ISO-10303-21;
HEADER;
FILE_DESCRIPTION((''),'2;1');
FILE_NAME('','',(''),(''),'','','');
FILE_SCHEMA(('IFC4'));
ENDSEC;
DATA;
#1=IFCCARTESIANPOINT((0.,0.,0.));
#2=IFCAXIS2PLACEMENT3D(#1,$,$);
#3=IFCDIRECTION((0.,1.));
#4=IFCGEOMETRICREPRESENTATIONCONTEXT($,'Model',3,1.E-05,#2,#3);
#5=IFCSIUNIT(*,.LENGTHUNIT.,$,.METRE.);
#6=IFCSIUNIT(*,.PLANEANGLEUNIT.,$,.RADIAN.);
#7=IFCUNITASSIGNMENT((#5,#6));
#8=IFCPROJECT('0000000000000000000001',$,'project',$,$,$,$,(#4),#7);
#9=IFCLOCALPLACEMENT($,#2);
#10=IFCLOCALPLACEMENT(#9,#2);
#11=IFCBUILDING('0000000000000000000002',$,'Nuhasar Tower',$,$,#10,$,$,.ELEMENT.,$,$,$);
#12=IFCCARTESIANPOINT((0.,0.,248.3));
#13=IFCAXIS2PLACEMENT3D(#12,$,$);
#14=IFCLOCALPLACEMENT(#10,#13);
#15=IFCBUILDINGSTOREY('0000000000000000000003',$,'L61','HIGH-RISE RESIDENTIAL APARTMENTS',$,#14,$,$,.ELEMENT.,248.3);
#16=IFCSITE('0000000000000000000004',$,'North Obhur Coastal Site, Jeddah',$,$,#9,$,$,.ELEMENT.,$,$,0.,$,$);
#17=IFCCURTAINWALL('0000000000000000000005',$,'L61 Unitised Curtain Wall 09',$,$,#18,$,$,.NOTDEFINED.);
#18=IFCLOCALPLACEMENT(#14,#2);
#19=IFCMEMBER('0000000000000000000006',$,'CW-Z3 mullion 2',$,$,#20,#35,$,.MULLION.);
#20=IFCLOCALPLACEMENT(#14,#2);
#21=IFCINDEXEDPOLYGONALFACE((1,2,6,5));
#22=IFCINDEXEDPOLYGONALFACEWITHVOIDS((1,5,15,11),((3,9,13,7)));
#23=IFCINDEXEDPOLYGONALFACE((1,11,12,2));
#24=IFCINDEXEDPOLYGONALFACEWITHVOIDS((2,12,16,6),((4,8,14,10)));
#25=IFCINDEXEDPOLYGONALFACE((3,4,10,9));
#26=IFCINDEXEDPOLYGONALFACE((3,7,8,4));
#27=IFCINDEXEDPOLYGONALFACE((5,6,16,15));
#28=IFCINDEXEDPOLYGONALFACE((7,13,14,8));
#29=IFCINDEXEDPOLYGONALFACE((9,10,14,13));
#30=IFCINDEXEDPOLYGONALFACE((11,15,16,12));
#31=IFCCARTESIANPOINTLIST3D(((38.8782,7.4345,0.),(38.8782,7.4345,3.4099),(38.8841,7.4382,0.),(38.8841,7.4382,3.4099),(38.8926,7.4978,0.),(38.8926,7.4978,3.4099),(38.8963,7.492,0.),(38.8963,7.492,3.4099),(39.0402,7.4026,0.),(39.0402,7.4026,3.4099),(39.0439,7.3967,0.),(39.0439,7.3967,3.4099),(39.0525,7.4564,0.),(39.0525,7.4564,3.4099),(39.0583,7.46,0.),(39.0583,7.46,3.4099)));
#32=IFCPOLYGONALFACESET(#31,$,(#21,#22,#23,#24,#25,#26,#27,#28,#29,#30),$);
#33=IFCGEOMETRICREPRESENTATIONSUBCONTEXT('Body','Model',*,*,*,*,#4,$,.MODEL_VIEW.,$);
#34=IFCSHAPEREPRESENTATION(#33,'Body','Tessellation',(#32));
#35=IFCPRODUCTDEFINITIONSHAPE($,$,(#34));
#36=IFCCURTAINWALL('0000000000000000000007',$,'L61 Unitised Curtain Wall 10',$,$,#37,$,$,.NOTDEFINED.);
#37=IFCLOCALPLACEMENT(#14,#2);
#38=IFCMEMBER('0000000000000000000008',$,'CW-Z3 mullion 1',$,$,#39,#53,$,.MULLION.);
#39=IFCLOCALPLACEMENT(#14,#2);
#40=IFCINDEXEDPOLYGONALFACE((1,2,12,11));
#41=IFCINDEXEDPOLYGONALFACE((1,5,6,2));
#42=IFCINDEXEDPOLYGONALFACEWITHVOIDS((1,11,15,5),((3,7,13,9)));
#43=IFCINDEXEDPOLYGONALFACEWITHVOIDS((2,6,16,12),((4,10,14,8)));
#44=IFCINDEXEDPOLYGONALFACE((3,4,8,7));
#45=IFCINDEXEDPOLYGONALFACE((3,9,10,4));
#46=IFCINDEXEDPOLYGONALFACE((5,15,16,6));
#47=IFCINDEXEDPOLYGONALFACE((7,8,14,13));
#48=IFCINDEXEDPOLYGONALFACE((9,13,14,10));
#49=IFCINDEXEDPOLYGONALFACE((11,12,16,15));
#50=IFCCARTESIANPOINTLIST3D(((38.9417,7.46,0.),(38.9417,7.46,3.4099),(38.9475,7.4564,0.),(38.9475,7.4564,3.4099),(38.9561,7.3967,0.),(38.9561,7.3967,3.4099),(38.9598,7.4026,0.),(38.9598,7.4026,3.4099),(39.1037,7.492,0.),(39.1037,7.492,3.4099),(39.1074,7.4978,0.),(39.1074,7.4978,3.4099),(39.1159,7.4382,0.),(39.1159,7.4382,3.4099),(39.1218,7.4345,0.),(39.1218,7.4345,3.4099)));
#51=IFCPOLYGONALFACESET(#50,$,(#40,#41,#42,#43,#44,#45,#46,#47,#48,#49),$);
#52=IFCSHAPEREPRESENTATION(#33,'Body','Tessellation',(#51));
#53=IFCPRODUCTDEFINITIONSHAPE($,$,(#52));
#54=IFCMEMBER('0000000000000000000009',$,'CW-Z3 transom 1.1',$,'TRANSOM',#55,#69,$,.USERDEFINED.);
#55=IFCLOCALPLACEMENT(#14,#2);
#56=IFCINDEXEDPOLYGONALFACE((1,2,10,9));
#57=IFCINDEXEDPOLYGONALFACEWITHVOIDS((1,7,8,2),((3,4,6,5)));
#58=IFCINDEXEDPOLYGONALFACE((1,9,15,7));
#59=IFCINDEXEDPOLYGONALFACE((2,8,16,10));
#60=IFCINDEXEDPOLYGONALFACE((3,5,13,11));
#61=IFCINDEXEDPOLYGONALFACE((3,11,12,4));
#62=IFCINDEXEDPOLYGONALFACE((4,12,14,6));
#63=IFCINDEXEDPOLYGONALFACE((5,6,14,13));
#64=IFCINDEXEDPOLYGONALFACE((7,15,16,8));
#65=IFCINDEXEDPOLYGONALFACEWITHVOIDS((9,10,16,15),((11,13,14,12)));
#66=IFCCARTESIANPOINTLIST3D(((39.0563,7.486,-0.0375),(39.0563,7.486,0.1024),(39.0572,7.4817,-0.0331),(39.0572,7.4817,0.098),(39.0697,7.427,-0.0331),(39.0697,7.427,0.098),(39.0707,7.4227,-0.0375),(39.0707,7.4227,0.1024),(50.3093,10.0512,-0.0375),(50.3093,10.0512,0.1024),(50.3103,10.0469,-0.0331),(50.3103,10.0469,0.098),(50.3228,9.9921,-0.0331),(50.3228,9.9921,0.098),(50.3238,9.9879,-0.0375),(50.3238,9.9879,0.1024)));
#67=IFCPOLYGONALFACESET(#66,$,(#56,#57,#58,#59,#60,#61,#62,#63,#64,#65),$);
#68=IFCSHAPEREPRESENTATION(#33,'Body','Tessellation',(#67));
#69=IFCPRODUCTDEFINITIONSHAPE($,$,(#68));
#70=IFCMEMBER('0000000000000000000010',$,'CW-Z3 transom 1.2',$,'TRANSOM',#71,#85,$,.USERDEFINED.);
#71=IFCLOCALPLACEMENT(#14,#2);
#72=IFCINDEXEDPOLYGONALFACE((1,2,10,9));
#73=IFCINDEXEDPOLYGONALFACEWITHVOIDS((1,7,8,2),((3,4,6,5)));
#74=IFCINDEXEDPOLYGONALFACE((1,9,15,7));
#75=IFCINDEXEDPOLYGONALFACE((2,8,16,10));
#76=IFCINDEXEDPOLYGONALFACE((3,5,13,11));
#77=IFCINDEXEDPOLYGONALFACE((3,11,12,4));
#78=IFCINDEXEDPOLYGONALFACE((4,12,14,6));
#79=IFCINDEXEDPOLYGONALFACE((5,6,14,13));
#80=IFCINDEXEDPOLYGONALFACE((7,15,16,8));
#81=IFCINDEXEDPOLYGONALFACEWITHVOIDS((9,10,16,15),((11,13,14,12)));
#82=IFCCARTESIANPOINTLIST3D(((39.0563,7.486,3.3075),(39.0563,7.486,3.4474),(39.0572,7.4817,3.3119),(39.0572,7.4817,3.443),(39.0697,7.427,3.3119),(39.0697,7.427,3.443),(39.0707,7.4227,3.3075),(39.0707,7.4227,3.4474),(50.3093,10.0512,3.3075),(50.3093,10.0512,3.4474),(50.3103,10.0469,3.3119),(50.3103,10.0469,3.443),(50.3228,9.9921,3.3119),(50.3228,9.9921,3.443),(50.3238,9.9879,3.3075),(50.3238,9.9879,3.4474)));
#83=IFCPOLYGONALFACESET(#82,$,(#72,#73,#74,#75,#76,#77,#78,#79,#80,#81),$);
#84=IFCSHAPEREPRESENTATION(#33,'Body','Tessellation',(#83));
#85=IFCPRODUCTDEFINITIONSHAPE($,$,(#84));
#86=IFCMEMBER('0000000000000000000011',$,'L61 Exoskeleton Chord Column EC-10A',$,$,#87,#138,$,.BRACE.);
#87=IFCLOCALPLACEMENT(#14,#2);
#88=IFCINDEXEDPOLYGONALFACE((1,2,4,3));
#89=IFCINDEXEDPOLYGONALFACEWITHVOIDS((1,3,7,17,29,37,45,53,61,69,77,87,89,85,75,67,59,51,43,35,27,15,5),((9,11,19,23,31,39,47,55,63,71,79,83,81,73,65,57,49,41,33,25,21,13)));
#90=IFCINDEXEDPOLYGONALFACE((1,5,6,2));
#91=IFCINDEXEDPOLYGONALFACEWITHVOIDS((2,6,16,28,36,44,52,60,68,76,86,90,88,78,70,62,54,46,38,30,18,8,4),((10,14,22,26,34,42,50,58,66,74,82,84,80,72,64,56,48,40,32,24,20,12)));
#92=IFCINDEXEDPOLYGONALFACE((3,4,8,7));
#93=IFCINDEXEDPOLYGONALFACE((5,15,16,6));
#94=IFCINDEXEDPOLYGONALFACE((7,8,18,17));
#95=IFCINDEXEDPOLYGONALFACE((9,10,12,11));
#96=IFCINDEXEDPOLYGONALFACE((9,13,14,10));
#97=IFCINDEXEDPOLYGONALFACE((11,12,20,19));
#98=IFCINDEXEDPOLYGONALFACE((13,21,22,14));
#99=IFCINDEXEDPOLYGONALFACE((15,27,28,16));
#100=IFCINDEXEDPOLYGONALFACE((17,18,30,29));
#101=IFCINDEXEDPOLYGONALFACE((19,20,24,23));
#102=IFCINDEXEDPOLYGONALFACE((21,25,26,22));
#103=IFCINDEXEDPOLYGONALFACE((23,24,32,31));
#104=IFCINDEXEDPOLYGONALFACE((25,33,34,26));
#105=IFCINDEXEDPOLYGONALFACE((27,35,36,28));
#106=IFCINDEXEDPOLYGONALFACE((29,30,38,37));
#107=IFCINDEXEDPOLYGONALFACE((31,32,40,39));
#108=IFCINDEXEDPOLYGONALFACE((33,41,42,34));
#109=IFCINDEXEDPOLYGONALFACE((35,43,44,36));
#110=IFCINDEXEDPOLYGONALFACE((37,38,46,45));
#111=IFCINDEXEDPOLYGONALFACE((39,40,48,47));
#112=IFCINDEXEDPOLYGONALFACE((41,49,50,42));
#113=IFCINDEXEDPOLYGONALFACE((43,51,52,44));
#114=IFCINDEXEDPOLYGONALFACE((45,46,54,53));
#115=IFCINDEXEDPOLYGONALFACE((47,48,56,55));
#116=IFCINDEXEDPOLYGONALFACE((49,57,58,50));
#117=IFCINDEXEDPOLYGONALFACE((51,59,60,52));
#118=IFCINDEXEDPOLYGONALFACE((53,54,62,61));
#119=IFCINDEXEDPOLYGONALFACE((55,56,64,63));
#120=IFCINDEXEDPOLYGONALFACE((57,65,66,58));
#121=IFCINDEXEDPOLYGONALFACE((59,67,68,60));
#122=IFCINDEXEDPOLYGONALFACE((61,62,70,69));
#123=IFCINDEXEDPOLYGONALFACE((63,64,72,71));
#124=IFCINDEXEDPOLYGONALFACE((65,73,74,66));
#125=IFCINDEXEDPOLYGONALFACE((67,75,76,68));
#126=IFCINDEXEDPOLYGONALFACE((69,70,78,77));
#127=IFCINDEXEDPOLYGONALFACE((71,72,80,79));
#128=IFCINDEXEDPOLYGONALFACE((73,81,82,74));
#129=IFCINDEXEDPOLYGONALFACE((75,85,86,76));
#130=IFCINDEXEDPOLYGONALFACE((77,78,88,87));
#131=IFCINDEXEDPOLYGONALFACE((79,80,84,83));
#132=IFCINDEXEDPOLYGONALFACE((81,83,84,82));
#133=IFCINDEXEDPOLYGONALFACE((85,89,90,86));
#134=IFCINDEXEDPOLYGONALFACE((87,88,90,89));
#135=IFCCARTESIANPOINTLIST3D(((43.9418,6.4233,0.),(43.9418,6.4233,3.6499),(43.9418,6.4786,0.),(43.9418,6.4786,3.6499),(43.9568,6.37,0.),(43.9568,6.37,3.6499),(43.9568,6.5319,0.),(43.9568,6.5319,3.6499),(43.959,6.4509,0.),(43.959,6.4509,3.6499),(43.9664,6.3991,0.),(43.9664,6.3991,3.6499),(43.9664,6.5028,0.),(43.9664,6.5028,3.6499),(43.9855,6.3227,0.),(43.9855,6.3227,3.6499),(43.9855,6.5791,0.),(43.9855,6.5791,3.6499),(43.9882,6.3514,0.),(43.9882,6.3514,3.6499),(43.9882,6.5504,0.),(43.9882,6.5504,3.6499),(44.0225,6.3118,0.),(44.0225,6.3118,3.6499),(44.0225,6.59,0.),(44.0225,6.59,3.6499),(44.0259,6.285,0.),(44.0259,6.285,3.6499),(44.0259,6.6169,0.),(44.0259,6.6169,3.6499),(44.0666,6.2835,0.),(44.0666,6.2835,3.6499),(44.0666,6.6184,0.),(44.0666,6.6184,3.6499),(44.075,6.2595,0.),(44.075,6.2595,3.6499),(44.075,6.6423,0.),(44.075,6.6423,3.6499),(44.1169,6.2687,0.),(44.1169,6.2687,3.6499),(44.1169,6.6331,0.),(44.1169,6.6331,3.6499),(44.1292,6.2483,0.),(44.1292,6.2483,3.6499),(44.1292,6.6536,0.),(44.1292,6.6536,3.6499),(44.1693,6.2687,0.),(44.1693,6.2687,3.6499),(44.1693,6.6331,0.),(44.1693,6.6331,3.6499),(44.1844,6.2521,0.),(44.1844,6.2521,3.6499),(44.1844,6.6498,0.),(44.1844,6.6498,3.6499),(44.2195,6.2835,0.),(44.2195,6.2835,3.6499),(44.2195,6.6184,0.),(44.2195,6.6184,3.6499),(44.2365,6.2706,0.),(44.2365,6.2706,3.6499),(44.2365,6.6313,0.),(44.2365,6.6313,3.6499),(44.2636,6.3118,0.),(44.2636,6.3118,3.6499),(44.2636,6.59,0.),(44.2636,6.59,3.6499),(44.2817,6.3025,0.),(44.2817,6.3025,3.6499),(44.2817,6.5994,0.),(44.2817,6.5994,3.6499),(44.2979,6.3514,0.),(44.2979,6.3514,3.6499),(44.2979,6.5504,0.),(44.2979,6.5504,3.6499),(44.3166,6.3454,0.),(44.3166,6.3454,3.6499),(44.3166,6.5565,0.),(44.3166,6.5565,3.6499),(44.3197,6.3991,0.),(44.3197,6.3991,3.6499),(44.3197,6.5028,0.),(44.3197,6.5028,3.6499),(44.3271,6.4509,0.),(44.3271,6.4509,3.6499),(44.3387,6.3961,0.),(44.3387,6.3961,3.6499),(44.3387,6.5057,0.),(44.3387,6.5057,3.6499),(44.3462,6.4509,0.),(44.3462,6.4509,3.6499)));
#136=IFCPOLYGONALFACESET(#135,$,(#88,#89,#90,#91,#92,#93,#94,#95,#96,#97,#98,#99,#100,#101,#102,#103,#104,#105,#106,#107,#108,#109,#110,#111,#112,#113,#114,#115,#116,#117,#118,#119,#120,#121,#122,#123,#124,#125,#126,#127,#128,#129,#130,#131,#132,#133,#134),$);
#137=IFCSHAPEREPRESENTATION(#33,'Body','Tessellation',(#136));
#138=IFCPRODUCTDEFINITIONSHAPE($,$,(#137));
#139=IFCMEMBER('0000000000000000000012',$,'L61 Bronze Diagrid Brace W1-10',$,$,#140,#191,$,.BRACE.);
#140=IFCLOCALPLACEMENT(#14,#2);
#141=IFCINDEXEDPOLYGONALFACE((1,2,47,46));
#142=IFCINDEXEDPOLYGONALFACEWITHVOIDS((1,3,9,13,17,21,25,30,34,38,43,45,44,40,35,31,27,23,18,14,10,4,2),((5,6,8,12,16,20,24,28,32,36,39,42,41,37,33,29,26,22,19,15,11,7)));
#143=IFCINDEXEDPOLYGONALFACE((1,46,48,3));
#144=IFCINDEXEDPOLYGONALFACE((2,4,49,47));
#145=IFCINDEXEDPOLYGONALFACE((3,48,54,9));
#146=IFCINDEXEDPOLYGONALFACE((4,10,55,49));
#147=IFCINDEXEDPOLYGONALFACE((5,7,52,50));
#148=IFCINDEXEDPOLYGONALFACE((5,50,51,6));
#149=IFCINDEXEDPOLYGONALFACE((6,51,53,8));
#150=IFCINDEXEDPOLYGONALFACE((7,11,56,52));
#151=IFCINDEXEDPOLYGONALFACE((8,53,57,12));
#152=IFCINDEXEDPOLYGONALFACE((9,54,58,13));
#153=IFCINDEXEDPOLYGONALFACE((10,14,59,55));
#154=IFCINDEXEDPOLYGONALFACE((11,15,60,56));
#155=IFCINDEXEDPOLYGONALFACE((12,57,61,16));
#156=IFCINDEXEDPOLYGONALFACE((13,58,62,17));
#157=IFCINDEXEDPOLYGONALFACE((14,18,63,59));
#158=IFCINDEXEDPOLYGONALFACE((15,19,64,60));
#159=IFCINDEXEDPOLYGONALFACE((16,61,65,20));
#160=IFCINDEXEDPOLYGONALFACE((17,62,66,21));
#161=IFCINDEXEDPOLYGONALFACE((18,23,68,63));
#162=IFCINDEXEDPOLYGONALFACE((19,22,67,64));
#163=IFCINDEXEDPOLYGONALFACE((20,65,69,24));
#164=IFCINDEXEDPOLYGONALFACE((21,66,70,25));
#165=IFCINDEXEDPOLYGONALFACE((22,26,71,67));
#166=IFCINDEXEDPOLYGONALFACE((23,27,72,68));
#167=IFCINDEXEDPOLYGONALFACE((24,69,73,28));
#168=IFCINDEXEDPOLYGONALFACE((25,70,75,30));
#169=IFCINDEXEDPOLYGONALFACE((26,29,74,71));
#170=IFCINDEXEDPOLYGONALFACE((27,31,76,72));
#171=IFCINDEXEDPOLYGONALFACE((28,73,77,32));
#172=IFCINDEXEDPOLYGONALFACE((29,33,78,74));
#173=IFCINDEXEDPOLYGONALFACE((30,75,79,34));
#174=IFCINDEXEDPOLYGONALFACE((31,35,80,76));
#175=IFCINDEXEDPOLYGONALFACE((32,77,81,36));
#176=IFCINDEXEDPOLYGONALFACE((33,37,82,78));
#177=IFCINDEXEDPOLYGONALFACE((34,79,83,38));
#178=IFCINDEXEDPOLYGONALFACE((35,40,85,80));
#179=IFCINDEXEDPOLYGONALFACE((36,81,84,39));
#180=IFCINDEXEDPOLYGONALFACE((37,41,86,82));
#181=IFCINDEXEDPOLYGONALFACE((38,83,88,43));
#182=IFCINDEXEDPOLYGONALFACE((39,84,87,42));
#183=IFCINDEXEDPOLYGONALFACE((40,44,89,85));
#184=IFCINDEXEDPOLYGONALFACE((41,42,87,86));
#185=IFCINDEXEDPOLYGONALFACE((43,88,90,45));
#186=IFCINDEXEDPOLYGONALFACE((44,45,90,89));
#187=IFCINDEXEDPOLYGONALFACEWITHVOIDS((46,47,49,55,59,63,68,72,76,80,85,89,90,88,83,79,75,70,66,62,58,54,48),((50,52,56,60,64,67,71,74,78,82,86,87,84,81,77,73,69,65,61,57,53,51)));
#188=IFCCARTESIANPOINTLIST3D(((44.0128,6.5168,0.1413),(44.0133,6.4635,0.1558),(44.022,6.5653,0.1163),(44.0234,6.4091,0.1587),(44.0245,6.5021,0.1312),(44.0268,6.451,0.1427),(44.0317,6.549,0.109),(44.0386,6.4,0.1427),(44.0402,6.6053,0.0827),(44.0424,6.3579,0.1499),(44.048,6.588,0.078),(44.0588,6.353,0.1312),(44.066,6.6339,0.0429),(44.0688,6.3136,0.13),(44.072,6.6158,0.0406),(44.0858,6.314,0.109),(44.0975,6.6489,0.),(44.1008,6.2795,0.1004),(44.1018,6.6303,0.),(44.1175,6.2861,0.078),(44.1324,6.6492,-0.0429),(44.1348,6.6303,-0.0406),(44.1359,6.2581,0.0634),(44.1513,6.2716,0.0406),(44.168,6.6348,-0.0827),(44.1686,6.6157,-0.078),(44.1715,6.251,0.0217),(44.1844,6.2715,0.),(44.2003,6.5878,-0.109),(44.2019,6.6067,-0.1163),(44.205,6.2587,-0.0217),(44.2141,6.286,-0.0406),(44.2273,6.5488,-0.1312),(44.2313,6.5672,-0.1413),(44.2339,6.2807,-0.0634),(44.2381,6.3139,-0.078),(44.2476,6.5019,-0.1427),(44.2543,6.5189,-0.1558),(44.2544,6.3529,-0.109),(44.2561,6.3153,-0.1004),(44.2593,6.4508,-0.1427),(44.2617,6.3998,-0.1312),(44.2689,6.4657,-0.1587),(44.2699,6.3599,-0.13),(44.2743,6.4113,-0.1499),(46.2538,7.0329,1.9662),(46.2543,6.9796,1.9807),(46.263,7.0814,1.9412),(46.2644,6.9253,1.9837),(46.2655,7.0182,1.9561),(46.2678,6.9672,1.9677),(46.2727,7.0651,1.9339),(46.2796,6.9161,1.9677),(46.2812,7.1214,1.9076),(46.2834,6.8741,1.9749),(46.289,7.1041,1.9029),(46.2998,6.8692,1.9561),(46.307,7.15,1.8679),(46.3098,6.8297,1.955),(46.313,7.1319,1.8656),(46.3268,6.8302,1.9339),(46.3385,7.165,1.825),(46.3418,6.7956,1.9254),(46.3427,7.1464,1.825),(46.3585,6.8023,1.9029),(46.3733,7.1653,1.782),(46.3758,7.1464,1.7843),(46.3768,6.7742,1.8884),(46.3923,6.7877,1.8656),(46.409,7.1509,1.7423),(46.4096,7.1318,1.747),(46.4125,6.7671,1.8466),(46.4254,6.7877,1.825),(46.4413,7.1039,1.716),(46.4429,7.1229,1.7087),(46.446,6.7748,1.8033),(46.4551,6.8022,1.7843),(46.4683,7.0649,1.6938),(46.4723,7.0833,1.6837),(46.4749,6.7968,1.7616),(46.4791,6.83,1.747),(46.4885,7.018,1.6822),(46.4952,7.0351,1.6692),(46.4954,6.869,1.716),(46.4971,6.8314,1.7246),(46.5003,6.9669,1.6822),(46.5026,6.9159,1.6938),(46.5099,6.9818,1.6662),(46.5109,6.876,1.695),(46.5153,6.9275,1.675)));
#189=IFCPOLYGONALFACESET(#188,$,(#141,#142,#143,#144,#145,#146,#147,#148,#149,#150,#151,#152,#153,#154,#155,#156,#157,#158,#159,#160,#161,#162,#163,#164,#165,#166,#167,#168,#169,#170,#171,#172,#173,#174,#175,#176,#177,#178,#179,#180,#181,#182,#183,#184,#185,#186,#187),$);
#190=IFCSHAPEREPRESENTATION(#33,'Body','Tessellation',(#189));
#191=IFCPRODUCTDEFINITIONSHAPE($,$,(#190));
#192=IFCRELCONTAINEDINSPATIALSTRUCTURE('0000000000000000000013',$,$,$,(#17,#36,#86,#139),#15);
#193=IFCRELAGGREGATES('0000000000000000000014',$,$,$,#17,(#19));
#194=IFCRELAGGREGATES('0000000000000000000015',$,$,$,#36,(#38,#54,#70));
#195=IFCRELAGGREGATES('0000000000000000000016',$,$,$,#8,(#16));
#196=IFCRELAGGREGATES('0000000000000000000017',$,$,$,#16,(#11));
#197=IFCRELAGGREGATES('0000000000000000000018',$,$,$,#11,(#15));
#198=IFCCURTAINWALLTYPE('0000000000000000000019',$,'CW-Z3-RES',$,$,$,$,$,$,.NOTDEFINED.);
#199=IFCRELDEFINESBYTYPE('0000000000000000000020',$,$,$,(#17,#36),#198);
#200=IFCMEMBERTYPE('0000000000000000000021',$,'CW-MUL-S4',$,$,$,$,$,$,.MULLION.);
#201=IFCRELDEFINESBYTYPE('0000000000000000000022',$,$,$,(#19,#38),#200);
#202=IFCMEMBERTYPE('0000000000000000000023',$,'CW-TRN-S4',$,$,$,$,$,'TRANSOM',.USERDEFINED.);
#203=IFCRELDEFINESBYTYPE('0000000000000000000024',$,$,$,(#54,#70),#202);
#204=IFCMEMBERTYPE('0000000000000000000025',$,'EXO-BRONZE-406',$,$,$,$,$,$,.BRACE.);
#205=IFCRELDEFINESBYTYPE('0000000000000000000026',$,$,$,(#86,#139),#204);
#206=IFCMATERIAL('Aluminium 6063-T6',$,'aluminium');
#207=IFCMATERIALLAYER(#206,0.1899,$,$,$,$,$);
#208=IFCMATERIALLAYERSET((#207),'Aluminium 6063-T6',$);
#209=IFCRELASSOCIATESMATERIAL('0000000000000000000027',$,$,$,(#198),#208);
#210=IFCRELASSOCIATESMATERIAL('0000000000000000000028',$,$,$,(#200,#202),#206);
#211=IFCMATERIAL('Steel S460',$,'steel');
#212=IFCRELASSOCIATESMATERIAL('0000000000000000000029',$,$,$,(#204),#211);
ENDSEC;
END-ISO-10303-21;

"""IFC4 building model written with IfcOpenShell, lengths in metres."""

from ifc_helpers import new_model, si_unit, direction, frame, origin, origin_2d, place, context, subcontext, project, spatial, hollow_rectangle, hollow_circle, extrude, material, layer, layer_set, material_profile, profile_set, type_object, element, aggregate, save


model = new_model("IFC4")

# Units and contexts
model_context = context("Model", 3, precision=1e-05, world=origin(), true_north=direction((0.0, 1.0)))
body_context = subcontext(model_context, "Body", "Model", "MODEL_VIEW")
ifc_project = project(units=[si_unit("LENGTHUNIT", "METRE"), si_unit("PLANEANGLEUNIT", "RADIAN")], contexts=[model_context])

# Site, building, storey
site_placement = place(None, origin())
site = spatial("IfcSite", under=ifc_project, at=site_placement, Name="North Obhur Coastal Site, Jeddah", CompositionType="ELEMENT", RefElevation=0.0)
building_placement = place(site_placement, origin())
building = spatial("IfcBuilding", under=site, at=building_placement, Name="Nuhasar Tower", CompositionType="ELEMENT")
storey_placement = place(building_placement, frame((0.0, 0.0, 248.3)))
storey = spatial("IfcBuildingStorey", under=building, at=storey_placement, Name="L61", Description="HIGH-RISE RESIDENTIAL APARTMENTS", CompositionType="ELEMENT", Elevation=248.3)

# Curtain wall, member
ifc_material_1 = material(Name="Aluminium 6063-T6", Category="aluminium")
ifc_layer_1 = layer(ifc_material_1, 0.1899)
ifc_layer_set_1 = layer_set([ifc_layer_1], Name="Aluminium 6063-T6")
curtain_wall_type = type_object("IfcCurtainWallType", Name="CW-Z3-RES", PredefinedType="NOTDEFINED", material=ifc_layer_set_1)
curtain_wall_1_placement = place(storey_placement, origin())
curtain_wall_1 = element("IfcCurtainWall", 1, at=curtain_wall_1_placement, inside=storey, type_object=curtain_wall_type, Name="L61 Unitised Curtain Wall 09", PredefinedType="NOTDEFINED")
ifc_material_profile_1 = material_profile(ifc_material_1, hollow_rectangle(XDim=0.0649, YDim=0.1699, WallThickness=0.0049, at=origin_2d()), Name="CWM-4")
ifc_profile_set_1 = profile_set([ifc_material_profile_1], Name="Aluminium 6063-T6")
member_type_1 = type_object("IfcMemberType", Name="CW-MUL-S4", PredefinedType="MULLION", material=ifc_profile_set_1)
member_1_placement = place(storey_placement, frame((38.9683, 7.4473, 0.0), z_axis=(0.0, 0.0, 1.0), x_axis=(0.222243, 0.974991, 0.0)))
member_1 = element("IfcMember", 2, at=member_1_placement, type_object=member_type_1, Name="CW-Z3 mullion 2", PredefinedType="MULLION", context=body_context, shape_type="SweptSolid", body=[
    extrude(hollow_rectangle(XDim=0.0649, YDim=0.1699, WallThickness=0.0049, at=origin_2d()), origin(), (0.0, 0.0, 1.0), 3.4099),
])
aggregate(curtain_wall_1, [member_1])

# Curtain wall, members
curtain_wall_2_placement = place(storey_placement, origin())
curtain_wall_2 = element("IfcCurtainWall", 3, at=curtain_wall_2_placement, inside=storey, type_object=curtain_wall_type, Name="L61 Unitised Curtain Wall 10", PredefinedType="NOTDEFINED")
member_2_placement = place(storey_placement, frame((39.0317, 7.4473, 0.0), z_axis=(0.0, 0.0, 1.0), x_axis=(-0.222243, 0.974991, 0.0)))
member_2 = element("IfcMember", 4, at=member_2_placement, type_object=member_type_1, Name="CW-Z3 mullion 1", PredefinedType="MULLION", context=body_context, shape_type="SweptSolid", body=[
    extrude(hollow_rectangle(XDim=0.0649, YDim=0.1699, WallThickness=0.0049, at=origin_2d()), origin(), (0.0, 0.0, 1.0), 3.4099),
])
ifc_material_profile_2 = material_profile(ifc_material_1, hollow_rectangle(XDim=0.0649, YDim=0.1399, WallThickness=0.0044, at=origin_2d()), Name="CWT-4")
ifc_profile_set_2 = profile_set([ifc_material_profile_2], Name="Aluminium 6063-T6")
member_type_2 = type_object("IfcMemberType", Name="CW-TRN-S4", ElementType="TRANSOM", PredefinedType="USERDEFINED", material=ifc_profile_set_2)
member_3_placement = place(storey_placement, frame((39.0635, 7.4543, 0.0325), z_axis=(0.974989, 0.222251, 0.0), x_axis=(-0.222251, 0.974989, 0.0)))
member_3 = element("IfcMember", 5, at=member_3_placement, type_object=member_type_2, Name="CW-Z3 transom 1.1", ObjectType="TRANSOM", PredefinedType="USERDEFINED", context=body_context, shape_type="SweptSolid", body=[
    extrude(hollow_rectangle(XDim=0.0649, YDim=0.1399, WallThickness=0.0044, at=origin_2d()), origin(), (0.0, 0.0, 1.0), 11.5417),
])
member_4_placement = place(storey_placement, frame((39.0635, 7.4543, 3.3774), z_axis=(0.974989, 0.222251, 0.0), x_axis=(-0.222251, 0.974989, 0.0)))
member_4 = element("IfcMember", 6, at=member_4_placement, type_object=member_type_2, Name="CW-Z3 transom 1.2", ObjectType="TRANSOM", PredefinedType="USERDEFINED", context=body_context, shape_type="SweptSolid", body=[
    extrude(hollow_rectangle(XDim=0.0649, YDim=0.1399, WallThickness=0.0044, at=origin_2d()), origin(), (0.0, 0.0, 1.0), 11.5417),
])

# Members
ifc_material_2 = material(Name="Steel S460", Category="steel")
ifc_material_profile_3 = material_profile(ifc_material_2, hollow_circle(Radius=0.2031, WallThickness=0.019, at=origin_2d()), Name="HSS406.4X19.1")
ifc_profile_set_3 = profile_set([ifc_material_profile_3], Name="Steel S460")
member_type_3 = type_object("IfcMemberType", Name="EXO-BRONZE-406", PredefinedType="BRACE", material=ifc_profile_set_3)
member_5_placement = place(storey_placement, frame((44.1431, 6.4509, 0.0), z_axis=(0.0, 0.0, 1.0), x_axis=(1.0, 0.0, 0.0)))
element("IfcMember", 7, at=member_5_placement, inside=storey, type_object=member_type_3, Name="L61 Exoskeleton Chord Column EC-10A", PredefinedType="BRACE", context=body_context, shape_type="SweptSolid", body=[
    extrude(hollow_circle(Radius=0.2031, WallThickness=0.019, at=origin_2d()), origin(), (0.0, 0.0, 1.0), 3.6499),
])
member_6_placement = place(storey_placement, frame((44.1431, 6.4509, 0.0), z_axis=(0.763332, 0.175802, 0.621626), x_axis=(-0.224433, 0.97449, 0.0)))
element("IfcMember", 8, at=member_6_placement, inside=storey, type_object=member_type_3, Name="L61 Bronze Diagrid Brace W1-10", PredefinedType="BRACE", context=body_context, shape_type="SweptSolid", body=[
    extrude(hollow_circle(Radius=0.2031, WallThickness=0.019, at=origin_2d()), origin(), (0.0, 0.0, 1.0), 2.9358),
])

aggregate(curtain_wall_2, [member_2, member_3, member_4])

save(model, "model.ifc")
